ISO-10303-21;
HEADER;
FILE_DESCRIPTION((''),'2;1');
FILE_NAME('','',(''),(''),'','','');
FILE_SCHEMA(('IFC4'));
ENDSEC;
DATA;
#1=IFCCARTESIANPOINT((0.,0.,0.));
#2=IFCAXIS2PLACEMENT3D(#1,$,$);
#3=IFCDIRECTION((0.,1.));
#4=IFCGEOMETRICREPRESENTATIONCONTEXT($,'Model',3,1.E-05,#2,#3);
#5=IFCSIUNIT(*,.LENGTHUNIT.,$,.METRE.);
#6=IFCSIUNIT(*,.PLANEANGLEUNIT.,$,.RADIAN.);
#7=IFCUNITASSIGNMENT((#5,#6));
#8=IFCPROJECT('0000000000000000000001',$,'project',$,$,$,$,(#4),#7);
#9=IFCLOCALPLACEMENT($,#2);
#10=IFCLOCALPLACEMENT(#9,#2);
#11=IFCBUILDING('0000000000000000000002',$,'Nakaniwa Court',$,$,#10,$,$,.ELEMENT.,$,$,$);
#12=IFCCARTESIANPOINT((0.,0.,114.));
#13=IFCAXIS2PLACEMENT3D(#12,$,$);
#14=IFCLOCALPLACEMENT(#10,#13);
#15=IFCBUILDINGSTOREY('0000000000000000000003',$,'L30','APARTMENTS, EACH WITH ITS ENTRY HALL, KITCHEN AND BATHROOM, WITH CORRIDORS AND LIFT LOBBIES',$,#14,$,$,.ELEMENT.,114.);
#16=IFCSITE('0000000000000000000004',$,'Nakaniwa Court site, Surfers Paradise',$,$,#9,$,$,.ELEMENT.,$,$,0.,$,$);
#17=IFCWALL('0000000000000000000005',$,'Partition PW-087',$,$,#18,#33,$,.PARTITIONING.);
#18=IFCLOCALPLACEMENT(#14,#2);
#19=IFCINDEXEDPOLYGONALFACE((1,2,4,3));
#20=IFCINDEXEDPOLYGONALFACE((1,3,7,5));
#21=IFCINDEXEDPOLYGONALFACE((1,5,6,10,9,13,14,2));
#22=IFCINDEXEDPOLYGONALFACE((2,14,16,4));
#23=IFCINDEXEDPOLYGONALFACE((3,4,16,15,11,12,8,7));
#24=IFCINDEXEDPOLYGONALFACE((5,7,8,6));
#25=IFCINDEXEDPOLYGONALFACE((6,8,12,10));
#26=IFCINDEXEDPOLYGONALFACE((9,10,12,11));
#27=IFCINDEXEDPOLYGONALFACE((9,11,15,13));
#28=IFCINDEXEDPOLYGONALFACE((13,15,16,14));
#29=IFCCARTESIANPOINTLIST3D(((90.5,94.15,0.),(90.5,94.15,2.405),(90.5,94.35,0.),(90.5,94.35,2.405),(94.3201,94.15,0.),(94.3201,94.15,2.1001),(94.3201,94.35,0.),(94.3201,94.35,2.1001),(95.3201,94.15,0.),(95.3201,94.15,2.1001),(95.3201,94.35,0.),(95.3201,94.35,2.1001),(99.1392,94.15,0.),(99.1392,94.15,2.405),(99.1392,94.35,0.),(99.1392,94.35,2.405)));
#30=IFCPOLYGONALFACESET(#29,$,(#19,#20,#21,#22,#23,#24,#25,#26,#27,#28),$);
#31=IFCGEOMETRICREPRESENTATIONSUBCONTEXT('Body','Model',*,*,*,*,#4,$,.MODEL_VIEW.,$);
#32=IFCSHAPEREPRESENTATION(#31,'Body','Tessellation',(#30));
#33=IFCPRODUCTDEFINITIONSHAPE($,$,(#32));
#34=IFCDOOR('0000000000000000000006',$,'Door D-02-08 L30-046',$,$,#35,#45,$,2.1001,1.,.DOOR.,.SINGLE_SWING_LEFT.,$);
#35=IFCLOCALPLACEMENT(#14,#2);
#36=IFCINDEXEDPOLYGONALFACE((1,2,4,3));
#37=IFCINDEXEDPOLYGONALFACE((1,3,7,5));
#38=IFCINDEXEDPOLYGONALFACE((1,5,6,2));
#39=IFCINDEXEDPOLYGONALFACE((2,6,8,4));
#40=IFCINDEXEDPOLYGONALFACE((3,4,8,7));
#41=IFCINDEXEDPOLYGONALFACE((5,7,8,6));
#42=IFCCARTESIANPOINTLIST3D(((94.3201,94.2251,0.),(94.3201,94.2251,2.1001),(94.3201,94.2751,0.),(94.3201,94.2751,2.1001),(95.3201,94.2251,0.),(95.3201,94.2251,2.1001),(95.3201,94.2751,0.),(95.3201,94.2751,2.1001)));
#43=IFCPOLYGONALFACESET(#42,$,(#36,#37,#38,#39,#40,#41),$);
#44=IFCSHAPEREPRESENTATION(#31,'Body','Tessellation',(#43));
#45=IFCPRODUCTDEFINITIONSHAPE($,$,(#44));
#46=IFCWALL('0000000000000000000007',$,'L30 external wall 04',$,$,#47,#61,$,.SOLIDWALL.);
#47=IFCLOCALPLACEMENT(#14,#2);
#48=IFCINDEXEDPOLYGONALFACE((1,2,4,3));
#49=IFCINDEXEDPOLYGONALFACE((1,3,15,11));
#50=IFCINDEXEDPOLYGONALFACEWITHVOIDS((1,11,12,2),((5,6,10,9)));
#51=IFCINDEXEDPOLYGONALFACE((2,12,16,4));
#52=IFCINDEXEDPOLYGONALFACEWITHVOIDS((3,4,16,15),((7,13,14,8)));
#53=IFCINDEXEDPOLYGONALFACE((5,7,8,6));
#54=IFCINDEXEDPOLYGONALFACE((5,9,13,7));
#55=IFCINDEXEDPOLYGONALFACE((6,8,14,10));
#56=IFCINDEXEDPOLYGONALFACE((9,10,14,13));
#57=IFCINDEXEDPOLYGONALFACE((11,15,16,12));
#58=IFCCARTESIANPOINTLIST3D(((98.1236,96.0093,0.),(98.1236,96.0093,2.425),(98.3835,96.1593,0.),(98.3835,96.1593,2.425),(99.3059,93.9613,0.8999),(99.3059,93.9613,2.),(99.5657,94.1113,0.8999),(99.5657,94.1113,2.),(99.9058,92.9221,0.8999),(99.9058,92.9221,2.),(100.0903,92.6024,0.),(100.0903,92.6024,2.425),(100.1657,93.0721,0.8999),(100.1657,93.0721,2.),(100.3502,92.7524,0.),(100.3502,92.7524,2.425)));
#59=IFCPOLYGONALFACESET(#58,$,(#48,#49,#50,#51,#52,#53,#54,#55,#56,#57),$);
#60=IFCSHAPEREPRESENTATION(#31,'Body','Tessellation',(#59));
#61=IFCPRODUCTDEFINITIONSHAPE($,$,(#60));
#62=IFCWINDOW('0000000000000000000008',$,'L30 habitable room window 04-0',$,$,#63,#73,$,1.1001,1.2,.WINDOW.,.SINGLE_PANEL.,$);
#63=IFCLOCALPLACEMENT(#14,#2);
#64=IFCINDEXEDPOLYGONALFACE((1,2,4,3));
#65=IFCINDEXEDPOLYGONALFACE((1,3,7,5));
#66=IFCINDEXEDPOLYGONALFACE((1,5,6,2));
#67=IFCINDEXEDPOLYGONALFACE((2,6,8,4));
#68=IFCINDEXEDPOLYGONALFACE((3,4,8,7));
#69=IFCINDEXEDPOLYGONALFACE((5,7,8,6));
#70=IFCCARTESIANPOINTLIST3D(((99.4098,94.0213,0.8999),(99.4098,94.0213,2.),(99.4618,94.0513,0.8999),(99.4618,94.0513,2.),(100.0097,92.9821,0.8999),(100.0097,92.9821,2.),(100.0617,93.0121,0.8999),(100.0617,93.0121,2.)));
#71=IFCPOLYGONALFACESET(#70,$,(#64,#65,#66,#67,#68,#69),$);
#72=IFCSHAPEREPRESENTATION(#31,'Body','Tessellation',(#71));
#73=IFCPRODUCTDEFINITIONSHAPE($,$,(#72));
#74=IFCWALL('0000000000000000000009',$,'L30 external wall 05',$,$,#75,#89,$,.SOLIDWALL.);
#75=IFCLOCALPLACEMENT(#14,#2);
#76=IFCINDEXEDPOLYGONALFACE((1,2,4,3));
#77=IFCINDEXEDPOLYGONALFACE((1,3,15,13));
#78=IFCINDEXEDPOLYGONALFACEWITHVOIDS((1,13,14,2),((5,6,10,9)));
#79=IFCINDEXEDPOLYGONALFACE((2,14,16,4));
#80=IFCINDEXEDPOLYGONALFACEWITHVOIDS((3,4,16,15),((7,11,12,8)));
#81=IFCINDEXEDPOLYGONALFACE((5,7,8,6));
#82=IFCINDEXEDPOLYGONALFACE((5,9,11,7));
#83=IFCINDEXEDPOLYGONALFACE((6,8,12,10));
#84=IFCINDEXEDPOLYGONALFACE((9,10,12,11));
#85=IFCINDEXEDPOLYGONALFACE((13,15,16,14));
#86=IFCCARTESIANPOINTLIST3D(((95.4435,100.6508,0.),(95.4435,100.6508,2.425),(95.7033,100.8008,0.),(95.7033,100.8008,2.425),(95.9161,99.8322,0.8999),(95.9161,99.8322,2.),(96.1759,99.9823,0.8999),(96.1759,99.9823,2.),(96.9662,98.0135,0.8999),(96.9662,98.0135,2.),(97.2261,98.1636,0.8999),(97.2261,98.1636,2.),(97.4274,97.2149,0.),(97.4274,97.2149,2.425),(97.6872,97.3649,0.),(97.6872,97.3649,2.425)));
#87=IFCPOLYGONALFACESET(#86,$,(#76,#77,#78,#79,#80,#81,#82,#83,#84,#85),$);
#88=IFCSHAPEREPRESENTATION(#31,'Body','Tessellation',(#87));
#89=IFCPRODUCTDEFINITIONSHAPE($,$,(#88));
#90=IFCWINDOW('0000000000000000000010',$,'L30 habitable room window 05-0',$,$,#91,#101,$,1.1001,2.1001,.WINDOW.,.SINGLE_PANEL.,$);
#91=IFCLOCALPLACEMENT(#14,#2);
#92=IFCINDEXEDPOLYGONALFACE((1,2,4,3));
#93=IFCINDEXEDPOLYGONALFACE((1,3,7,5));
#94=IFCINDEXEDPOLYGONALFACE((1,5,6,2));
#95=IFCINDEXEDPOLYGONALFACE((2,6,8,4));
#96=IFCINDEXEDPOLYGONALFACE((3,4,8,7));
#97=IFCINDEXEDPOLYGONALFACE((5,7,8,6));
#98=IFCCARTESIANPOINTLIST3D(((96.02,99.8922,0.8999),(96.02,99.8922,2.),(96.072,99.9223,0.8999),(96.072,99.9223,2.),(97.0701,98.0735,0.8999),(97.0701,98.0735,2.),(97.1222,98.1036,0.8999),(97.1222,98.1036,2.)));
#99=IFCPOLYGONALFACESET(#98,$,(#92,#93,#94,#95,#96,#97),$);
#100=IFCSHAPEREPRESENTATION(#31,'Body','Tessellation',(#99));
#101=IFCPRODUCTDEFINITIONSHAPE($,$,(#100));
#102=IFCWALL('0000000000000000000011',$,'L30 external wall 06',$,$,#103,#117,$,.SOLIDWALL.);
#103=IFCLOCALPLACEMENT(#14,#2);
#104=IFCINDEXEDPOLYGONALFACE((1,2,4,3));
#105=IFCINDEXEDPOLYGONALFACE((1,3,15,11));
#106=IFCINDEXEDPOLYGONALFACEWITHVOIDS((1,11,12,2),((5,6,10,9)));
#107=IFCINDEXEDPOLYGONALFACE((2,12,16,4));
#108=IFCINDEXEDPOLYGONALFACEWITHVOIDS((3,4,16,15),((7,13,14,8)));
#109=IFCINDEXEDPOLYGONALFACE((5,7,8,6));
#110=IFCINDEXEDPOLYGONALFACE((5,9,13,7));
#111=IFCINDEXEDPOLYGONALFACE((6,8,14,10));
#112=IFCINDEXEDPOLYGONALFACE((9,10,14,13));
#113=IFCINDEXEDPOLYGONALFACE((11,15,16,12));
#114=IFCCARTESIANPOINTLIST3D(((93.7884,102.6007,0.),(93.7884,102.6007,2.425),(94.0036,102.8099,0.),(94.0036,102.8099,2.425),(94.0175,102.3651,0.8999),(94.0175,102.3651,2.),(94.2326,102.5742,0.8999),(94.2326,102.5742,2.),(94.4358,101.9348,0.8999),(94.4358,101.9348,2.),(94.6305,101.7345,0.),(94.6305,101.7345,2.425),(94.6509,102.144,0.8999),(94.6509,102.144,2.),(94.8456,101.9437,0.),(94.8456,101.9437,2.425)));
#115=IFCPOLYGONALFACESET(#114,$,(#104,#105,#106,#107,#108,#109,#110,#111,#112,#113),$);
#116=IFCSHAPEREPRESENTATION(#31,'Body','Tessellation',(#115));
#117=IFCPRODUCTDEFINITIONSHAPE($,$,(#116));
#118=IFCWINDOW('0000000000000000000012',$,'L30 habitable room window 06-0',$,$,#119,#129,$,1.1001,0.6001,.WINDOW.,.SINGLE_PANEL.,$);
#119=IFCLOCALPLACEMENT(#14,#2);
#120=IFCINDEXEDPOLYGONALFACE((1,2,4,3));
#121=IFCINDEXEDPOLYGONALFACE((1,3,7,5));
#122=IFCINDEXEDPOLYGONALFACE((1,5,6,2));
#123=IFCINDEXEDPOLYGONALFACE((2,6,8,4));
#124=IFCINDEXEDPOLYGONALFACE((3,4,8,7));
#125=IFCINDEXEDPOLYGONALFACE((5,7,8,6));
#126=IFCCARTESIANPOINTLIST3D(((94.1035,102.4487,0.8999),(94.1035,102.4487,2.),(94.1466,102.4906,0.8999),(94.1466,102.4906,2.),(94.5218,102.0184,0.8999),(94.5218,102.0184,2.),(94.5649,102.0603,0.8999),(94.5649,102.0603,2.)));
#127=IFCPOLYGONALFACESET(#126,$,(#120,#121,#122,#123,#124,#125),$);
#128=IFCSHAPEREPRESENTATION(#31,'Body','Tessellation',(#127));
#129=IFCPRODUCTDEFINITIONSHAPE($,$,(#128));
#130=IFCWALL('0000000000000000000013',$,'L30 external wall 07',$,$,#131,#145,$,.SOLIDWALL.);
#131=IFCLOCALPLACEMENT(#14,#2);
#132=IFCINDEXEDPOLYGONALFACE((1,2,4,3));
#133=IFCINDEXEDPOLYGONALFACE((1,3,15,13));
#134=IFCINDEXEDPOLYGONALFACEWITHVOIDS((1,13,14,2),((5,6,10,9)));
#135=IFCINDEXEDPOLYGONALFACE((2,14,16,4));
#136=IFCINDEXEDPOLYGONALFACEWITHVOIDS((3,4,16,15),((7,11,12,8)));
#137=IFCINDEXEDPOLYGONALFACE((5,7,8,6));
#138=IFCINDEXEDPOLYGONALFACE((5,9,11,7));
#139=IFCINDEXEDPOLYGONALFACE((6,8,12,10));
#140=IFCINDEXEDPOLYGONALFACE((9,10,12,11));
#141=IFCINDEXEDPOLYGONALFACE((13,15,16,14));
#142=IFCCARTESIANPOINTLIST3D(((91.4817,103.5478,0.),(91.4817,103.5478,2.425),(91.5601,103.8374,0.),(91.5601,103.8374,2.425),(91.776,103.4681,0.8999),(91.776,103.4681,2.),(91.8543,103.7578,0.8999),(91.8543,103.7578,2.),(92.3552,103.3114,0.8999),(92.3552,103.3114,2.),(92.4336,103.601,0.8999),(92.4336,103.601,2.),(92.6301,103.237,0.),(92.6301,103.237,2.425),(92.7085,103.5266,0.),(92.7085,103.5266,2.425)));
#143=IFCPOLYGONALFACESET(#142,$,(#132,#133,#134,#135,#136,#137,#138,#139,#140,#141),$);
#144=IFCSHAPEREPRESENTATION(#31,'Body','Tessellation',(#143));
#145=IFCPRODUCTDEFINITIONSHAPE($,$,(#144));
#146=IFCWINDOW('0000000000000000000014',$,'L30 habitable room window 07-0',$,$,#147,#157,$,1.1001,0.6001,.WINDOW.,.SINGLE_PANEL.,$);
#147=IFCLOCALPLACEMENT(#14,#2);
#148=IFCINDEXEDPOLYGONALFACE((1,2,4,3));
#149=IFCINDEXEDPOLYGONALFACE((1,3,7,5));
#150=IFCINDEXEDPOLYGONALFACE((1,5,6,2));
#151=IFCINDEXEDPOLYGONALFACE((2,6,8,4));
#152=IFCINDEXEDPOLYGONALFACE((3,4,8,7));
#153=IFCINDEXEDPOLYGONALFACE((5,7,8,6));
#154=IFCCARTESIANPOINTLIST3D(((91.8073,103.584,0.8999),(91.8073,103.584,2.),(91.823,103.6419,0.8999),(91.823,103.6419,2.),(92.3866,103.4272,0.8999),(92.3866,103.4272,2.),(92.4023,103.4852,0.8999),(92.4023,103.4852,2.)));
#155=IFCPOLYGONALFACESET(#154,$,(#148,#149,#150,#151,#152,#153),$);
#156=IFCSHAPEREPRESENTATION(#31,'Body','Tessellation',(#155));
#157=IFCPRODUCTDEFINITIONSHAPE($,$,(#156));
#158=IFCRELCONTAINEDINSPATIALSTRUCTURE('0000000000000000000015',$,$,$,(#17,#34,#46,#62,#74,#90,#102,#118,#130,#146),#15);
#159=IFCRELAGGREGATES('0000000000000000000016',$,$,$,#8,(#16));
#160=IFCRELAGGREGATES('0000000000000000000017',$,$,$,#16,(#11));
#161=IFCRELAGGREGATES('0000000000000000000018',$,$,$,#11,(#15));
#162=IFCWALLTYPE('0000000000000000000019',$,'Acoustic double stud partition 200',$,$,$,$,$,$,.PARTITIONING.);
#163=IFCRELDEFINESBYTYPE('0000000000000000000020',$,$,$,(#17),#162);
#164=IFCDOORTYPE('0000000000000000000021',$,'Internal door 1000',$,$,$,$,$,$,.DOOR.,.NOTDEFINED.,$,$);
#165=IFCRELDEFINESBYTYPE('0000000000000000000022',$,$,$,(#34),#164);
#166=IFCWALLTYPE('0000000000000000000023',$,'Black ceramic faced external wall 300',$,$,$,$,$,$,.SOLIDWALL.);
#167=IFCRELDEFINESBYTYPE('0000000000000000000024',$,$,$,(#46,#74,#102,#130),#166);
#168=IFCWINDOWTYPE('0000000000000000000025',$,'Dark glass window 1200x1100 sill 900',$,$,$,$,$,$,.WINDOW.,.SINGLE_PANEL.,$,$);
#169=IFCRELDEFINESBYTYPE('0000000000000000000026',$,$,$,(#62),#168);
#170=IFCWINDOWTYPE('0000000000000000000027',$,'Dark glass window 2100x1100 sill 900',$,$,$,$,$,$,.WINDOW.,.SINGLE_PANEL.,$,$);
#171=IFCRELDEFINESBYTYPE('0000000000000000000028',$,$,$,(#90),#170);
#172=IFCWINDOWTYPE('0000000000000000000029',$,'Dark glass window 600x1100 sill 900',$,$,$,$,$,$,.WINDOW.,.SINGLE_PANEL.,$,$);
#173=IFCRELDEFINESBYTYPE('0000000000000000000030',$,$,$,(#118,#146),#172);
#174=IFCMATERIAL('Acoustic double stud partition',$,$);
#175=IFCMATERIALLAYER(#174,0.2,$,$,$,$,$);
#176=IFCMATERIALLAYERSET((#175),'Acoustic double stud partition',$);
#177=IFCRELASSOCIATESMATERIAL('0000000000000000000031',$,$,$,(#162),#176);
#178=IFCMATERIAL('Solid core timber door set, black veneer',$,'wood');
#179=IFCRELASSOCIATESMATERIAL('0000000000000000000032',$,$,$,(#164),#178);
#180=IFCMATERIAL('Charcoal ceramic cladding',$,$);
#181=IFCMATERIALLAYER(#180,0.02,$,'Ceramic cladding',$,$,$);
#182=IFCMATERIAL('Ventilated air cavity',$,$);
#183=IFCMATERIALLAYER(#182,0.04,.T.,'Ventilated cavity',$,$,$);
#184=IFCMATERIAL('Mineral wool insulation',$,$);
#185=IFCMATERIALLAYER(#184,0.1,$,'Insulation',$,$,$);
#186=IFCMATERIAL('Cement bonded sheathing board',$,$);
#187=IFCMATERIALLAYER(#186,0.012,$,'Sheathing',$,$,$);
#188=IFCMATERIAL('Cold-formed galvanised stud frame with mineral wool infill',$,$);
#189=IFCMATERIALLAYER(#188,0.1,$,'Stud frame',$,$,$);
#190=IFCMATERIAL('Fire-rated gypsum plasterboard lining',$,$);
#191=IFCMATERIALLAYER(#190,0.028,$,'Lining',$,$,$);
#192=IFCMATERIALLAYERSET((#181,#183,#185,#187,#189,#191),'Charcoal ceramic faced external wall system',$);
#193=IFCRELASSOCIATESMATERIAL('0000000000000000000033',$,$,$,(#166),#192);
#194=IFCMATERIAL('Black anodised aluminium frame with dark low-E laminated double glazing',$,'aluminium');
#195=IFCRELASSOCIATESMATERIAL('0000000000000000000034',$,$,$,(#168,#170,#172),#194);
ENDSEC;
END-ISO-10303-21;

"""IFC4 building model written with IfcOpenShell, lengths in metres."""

from ifc_helpers import new_model, si_unit, direction, frame, frame_2d, origin, place, context, subcontext, project, spatial, rectangle, extrude, material, layer, layer_set, type_object, element, fill, save


model = new_model("IFC4")

# Units and contexts
model_context = context("Model", 3, precision=1e-05, world=origin(), true_north=direction((0.0, 1.0)))
body_context = subcontext(model_context, "Body", "Model", "MODEL_VIEW")
ifc_project = project(units=[si_unit("LENGTHUNIT", "METRE"), si_unit("PLANEANGLEUNIT", "RADIAN")], contexts=[model_context])

# Site, building, storey
site_placement = place(None, origin())
site = spatial("IfcSite", under=ifc_project, at=site_placement, Name="Nakaniwa Court site, Surfers Paradise", CompositionType="ELEMENT", RefElevation=0.0)
building_placement = place(site_placement, origin())
building = spatial("IfcBuilding", under=site, at=building_placement, Name="Nakaniwa Court", CompositionType="ELEMENT")
storey_placement = place(building_placement, frame((0.0, 0.0, 114.0)))
storey = spatial("IfcBuildingStorey", under=building, at=storey_placement, Name="L30", Description="APARTMENTS, EACH WITH ITS ENTRY HALL, KITCHEN AND BATHROOM, WITH CORRIDORS AND LIFT LOBBIES", CompositionType="ELEMENT", Elevation=114.0)

# Shared definitions
ifc_material_1 = material(Name="Acoustic double stud partition")
ifc_layer_1 = layer(ifc_material_1, 0.2)
ifc_layer_set_1 = layer_set([ifc_layer_1], Name="Acoustic double stud partition")
wall_type_1 = type_object("IfcWallType", Name="Acoustic double stud partition 200", PredefinedType="PARTITIONING", material=ifc_layer_set_1)

# Wall, opening, door
wall_1_placement = place(storey_placement, frame((99.1392, 94.25, 0.0), z_axis=(0.0, 0.0, 1.0), x_axis=(-1.0, 0.0, 0.0)))
wall_1 = element("IfcWall", 1, at=wall_1_placement, inside=storey, type_object=wall_type_1, Name="Partition PW-087", PredefinedType="PARTITIONING", context=body_context, shape_type="SweptSolid", body=[
    extrude(rectangle(XDim=8.6392, YDim=0.2, at=frame_2d((4.3196, 0.0))), origin(), (0.0, 0.0, 1.0), 2.405),
])
opening_1_placement = place(wall_1_placement, frame((3.8191, 0.0, 0.0)))
opening_1 = element("IfcOpeningElement", 2, at=opening_1_placement, cuts=wall_1, PredefinedType="OPENING", context=body_context, shape_type="SweptSolid", body=[
    extrude(rectangle(XDim=1.0, YDim=2.1001, at=frame_2d((0.5, 1.05))), frame((0.0, 0.1099, 0.0), z_axis=(0.0, -1.0, 0.0), x_axis=(1.0, 0.0, 0.0)), (0.0, 0.0, 1.0), 0.22),
])
ifc_material_2 = material(Name="Solid core timber door set, black veneer", Category="wood")
door_type = type_object("IfcDoorType", Name="Internal door 1000", OperationType="NOTDEFINED", PredefinedType="DOOR", material=ifc_material_2)
door_placement = place(opening_1_placement, origin())
door = element("IfcDoor", 3, at=door_placement, inside=storey, type_object=door_type, Name="Door D-02-08 L30-046", OperationType="SINGLE_SWING_LEFT", OverallHeight=2.1001, OverallWidth=1.0, PredefinedType="DOOR", context=body_context, shape_type="SweptSolid", body=[
    extrude(rectangle(XDim=1.0, YDim=2.1001, at=frame_2d((0.5, 1.05))), frame((0.0, 0.0249, 0.0), z_axis=(0.0, -1.0, 0.0), x_axis=(1.0, 0.0, 0.0)), (0.0, 0.0, 1.0), 0.05),
])
fill(opening_1, door)

# Walls, openings, windows
ifc_material_3 = material(Name="Charcoal ceramic cladding")
ifc_layer_2 = layer(ifc_material_3, 0.02, Name="Ceramic cladding")
ifc_material_4 = material(Name="Ventilated air cavity")
ifc_layer_3 = layer(ifc_material_4, 0.04, ventilated=True, Name="Ventilated cavity")
ifc_material_5 = material(Name="Mineral wool insulation")
ifc_layer_4 = layer(ifc_material_5, 0.1, Name="Insulation")
ifc_material_6 = material(Name="Cement bonded sheathing board")
ifc_layer_5 = layer(ifc_material_6, 0.012, Name="Sheathing")
ifc_material_7 = material(Name="Cold-formed galvanised stud frame with mineral wool infill")
ifc_layer_6 = layer(ifc_material_7, 0.1, Name="Stud frame")
ifc_material_8 = material(Name="Fire-rated gypsum plasterboard lining")
ifc_layer_7 = layer(ifc_material_8, 0.028, Name="Lining")
ifc_layer_set_2 = layer_set([ifc_layer_2, ifc_layer_3, ifc_layer_4, ifc_layer_5, ifc_layer_6, ifc_layer_7], Name="Charcoal ceramic faced external wall system")
wall_type_2 = type_object("IfcWallType", Name="Black ceramic faced external wall 300", PredefinedType="SOLIDWALL", material=ifc_layer_set_2)
wall_2_placement = place(storey_placement, frame((100.2202, 92.6775, 0.0), z_axis=(0.0, 0.0, 1.0), x_axis=(-0.499957, 0.86605, 0.0)))
wall_2 = element("IfcWall", 4, at=wall_2_placement, inside=storey, type_object=wall_type_2, Name="L30 external wall 04", PredefinedType="SOLIDWALL", context=body_context, shape_type="SweptSolid", body=[
    extrude(rectangle(XDim=3.9338, YDim=0.3, at=frame_2d((1.9668, 0.0))), origin(), (0.0, 0.0, 1.0), 2.425),
])
opening_2_placement = place(wall_2_placement, frame((0.3689, 0.0, 0.8999)))
opening_2 = element("IfcOpeningElement", 5, at=opening_2_placement, cuts=wall_2, PredefinedType="OPENING", context=body_context, shape_type="SweptSolid", body=[
    extrude(rectangle(XDim=1.2, YDim=1.1001, at=frame_2d((0.6001, 0.55))), frame((0.0, 0.1599, 0.0), z_axis=(0.0, -1.0, 0.0), x_axis=(1.0, 0.0, 0.0)), (0.0, 0.0, 1.0), 0.3201),
])
ifc_material_9 = material(Name="Black anodised aluminium frame with dark low-E laminated double glazing", Category="aluminium")
window_type_1 = type_object("IfcWindowType", Name="Dark glass window 1200x1100 sill 900", PartitioningType="SINGLE_PANEL", PredefinedType="WINDOW", material=ifc_material_9)
window_1_placement = place(opening_2_placement, origin())
window_1 = element("IfcWindow", 6, at=window_1_placement, inside=storey, type_object=window_type_1, Name="L30 habitable room window 04-0", OverallHeight=1.1001, OverallWidth=1.2, PartitioningType="SINGLE_PANEL", PredefinedType="WINDOW", context=body_context, shape_type="SweptSolid", body=[
    extrude(rectangle(XDim=1.2, YDim=1.1001, at=frame_2d((0.6001, 0.55))), frame((0.0, 0.03, 0.0), z_axis=(0.0, -1.0, 0.0), x_axis=(1.0, 0.0, 0.0)), (0.0, 0.0, 1.0), 0.0601),
])
fill(opening_2, window_1)
wall_3_placement = place(storey_placement, frame((97.5574, 97.2898, 0.0), z_axis=(0.0, 0.0, 1.0), x_axis=(-0.500044, 0.866, 0.0)))
wall_3 = element("IfcWall", 7, at=wall_3_placement, inside=storey, type_object=wall_type_2, Name="L30 external wall 05", PredefinedType="SOLIDWALL", context=body_context, shape_type="SweptSolid", body=[
    extrude(rectangle(XDim=3.9675, YDim=0.3, at=frame_2d((1.9839, 0.0))), origin(), (0.0, 0.0, 1.0), 2.425),
])
opening_3_placement = place(wall_3_placement, frame((0.9224, 0.0, 0.8999)))
opening_3 = element("IfcOpeningElement", 8, at=opening_3_placement, cuts=wall_3, PredefinedType="OPENING", context=body_context, shape_type="SweptSolid", body=[
    extrude(rectangle(XDim=2.1001, YDim=1.1001, at=frame_2d((1.05, 0.55))), frame((0.0, 0.1599, 0.0), z_axis=(0.0, -1.0, 0.0), x_axis=(1.0, 0.0, 0.0)), (0.0, 0.0, 1.0), 0.3201),
])
window_type_2 = type_object("IfcWindowType", Name="Dark glass window 2100x1100 sill 900", PartitioningType="SINGLE_PANEL", PredefinedType="WINDOW", material=ifc_material_9)
window_2_placement = place(opening_3_placement, origin())
window_2 = element("IfcWindow", 9, at=window_2_placement, inside=storey, type_object=window_type_2, Name="L30 habitable room window 05-0", OverallHeight=1.1001, OverallWidth=2.1001, PartitioningType="SINGLE_PANEL", PredefinedType="WINDOW", context=body_context, shape_type="SweptSolid", body=[
    extrude(rectangle(XDim=2.1001, YDim=1.1001, at=frame_2d((1.05, 0.55))), frame((0.0, 0.03, 0.0), z_axis=(0.0, -1.0, 0.0), x_axis=(1.0, 0.0, 0.0)), (0.0, 0.0, 1.0), 0.0601),
])
fill(opening_3, window_2)
wall_4_placement = place(storey_placement, frame((94.738, 101.8391, 0.0), z_axis=(0.0, 0.0, 1.0), x_axis=(-0.697032, 0.71704, 0.0)))
wall_4 = element("IfcWall", 10, at=wall_4_placement, inside=storey, type_object=wall_type_2, Name="L30 external wall 06", PredefinedType="SOLIDWALL", context=body_context, shape_type="SweptSolid", body=[
    extrude(rectangle(XDim=1.208, YDim=0.3, at=frame_2d((0.604, 0.0))), origin(), (0.0, 0.0, 1.0), 2.425),
])
opening_4_placement = place(wall_4_placement, frame((0.2793, 0.0, 0.8999)))
opening_4 = element("IfcOpeningElement", 11, at=opening_4_placement, cuts=wall_4, PredefinedType="OPENING", context=body_context, shape_type="SweptSolid", body=[
    extrude(rectangle(XDim=0.6001, YDim=1.1001, at=frame_2d((0.3, 0.55))), frame((0.0, 0.1599, 0.0), z_axis=(0.0, -1.0, 0.0), x_axis=(1.0, 0.0, 0.0)), (0.0, 0.0, 1.0), 0.3201),
])
window_type_3 = type_object("IfcWindowType", Name="Dark glass window 600x1100 sill 900", PartitioningType="SINGLE_PANEL", PredefinedType="WINDOW", material=ifc_material_9)
window_3_placement = place(opening_4_placement, origin())
window_3 = element("IfcWindow", 12, at=window_3_placement, inside=storey, type_object=window_type_3, Name="L30 habitable room window 06-0", OverallHeight=1.1001, OverallWidth=0.6001, PartitioningType="SINGLE_PANEL", PredefinedType="WINDOW", context=body_context, shape_type="SweptSolid", body=[
    extrude(rectangle(XDim=0.6001, YDim=1.1001, at=frame_2d((0.3, 0.55))), frame((0.0, 0.03, 0.0), z_axis=(0.0, -1.0, 0.0), x_axis=(1.0, 0.0, 0.0)), (0.0, 0.0, 1.0), 0.0601),
])
fill(opening_4, window_3)
wall_5_placement = place(storey_placement, frame((92.6692, 103.3818, 0.0), z_axis=(0.0, 0.0, 1.0), x_axis=(-0.965278, 0.261224, 0.0)))
wall_5 = element("IfcWall", 13, at=wall_5_placement, inside=storey, type_object=wall_type_2, Name="L30 external wall 07", PredefinedType="SOLIDWALL", context=body_context, shape_type="SweptSolid", body=[
    extrude(rectangle(XDim=1.1897, YDim=0.3, at=frame_2d((0.5947, 0.0))), origin(), (0.0, 0.0, 1.0), 2.425),
])
opening_5_placement = place(wall_5_placement, frame((0.2847, 0.0, 0.8999)))
opening_5 = element("IfcOpeningElement", 14, at=opening_5_placement, cuts=wall_5, PredefinedType="OPENING", context=body_context, shape_type="SweptSolid", body=[
    extrude(rectangle(XDim=0.6001, YDim=1.1001, at=frame_2d((0.3, 0.55))), frame((0.0, 0.1599, 0.0), z_axis=(0.0, -1.0, 0.0), x_axis=(1.0, 0.0, 0.0)), (0.0, 0.0, 1.0), 0.3201),
])
window_4_placement = place(opening_5_placement, origin())
window_4 = element("IfcWindow", 15, at=window_4_placement, inside=storey, type_object=window_type_3, Name="L30 habitable room window 07-0", OverallHeight=1.1001, OverallWidth=0.6001, PartitioningType="SINGLE_PANEL", PredefinedType="WINDOW", context=body_context, shape_type="SweptSolid", body=[
    extrude(rectangle(XDim=0.6001, YDim=1.1001, at=frame_2d((0.3, 0.55))), frame((0.0, 0.03, 0.0), z_axis=(0.0, -1.0, 0.0), x_axis=(1.0, 0.0, 0.0)), (0.0, 0.0, 1.0), 0.0601),
])
fill(opening_5, window_4)

save(model, "model.ifc")
